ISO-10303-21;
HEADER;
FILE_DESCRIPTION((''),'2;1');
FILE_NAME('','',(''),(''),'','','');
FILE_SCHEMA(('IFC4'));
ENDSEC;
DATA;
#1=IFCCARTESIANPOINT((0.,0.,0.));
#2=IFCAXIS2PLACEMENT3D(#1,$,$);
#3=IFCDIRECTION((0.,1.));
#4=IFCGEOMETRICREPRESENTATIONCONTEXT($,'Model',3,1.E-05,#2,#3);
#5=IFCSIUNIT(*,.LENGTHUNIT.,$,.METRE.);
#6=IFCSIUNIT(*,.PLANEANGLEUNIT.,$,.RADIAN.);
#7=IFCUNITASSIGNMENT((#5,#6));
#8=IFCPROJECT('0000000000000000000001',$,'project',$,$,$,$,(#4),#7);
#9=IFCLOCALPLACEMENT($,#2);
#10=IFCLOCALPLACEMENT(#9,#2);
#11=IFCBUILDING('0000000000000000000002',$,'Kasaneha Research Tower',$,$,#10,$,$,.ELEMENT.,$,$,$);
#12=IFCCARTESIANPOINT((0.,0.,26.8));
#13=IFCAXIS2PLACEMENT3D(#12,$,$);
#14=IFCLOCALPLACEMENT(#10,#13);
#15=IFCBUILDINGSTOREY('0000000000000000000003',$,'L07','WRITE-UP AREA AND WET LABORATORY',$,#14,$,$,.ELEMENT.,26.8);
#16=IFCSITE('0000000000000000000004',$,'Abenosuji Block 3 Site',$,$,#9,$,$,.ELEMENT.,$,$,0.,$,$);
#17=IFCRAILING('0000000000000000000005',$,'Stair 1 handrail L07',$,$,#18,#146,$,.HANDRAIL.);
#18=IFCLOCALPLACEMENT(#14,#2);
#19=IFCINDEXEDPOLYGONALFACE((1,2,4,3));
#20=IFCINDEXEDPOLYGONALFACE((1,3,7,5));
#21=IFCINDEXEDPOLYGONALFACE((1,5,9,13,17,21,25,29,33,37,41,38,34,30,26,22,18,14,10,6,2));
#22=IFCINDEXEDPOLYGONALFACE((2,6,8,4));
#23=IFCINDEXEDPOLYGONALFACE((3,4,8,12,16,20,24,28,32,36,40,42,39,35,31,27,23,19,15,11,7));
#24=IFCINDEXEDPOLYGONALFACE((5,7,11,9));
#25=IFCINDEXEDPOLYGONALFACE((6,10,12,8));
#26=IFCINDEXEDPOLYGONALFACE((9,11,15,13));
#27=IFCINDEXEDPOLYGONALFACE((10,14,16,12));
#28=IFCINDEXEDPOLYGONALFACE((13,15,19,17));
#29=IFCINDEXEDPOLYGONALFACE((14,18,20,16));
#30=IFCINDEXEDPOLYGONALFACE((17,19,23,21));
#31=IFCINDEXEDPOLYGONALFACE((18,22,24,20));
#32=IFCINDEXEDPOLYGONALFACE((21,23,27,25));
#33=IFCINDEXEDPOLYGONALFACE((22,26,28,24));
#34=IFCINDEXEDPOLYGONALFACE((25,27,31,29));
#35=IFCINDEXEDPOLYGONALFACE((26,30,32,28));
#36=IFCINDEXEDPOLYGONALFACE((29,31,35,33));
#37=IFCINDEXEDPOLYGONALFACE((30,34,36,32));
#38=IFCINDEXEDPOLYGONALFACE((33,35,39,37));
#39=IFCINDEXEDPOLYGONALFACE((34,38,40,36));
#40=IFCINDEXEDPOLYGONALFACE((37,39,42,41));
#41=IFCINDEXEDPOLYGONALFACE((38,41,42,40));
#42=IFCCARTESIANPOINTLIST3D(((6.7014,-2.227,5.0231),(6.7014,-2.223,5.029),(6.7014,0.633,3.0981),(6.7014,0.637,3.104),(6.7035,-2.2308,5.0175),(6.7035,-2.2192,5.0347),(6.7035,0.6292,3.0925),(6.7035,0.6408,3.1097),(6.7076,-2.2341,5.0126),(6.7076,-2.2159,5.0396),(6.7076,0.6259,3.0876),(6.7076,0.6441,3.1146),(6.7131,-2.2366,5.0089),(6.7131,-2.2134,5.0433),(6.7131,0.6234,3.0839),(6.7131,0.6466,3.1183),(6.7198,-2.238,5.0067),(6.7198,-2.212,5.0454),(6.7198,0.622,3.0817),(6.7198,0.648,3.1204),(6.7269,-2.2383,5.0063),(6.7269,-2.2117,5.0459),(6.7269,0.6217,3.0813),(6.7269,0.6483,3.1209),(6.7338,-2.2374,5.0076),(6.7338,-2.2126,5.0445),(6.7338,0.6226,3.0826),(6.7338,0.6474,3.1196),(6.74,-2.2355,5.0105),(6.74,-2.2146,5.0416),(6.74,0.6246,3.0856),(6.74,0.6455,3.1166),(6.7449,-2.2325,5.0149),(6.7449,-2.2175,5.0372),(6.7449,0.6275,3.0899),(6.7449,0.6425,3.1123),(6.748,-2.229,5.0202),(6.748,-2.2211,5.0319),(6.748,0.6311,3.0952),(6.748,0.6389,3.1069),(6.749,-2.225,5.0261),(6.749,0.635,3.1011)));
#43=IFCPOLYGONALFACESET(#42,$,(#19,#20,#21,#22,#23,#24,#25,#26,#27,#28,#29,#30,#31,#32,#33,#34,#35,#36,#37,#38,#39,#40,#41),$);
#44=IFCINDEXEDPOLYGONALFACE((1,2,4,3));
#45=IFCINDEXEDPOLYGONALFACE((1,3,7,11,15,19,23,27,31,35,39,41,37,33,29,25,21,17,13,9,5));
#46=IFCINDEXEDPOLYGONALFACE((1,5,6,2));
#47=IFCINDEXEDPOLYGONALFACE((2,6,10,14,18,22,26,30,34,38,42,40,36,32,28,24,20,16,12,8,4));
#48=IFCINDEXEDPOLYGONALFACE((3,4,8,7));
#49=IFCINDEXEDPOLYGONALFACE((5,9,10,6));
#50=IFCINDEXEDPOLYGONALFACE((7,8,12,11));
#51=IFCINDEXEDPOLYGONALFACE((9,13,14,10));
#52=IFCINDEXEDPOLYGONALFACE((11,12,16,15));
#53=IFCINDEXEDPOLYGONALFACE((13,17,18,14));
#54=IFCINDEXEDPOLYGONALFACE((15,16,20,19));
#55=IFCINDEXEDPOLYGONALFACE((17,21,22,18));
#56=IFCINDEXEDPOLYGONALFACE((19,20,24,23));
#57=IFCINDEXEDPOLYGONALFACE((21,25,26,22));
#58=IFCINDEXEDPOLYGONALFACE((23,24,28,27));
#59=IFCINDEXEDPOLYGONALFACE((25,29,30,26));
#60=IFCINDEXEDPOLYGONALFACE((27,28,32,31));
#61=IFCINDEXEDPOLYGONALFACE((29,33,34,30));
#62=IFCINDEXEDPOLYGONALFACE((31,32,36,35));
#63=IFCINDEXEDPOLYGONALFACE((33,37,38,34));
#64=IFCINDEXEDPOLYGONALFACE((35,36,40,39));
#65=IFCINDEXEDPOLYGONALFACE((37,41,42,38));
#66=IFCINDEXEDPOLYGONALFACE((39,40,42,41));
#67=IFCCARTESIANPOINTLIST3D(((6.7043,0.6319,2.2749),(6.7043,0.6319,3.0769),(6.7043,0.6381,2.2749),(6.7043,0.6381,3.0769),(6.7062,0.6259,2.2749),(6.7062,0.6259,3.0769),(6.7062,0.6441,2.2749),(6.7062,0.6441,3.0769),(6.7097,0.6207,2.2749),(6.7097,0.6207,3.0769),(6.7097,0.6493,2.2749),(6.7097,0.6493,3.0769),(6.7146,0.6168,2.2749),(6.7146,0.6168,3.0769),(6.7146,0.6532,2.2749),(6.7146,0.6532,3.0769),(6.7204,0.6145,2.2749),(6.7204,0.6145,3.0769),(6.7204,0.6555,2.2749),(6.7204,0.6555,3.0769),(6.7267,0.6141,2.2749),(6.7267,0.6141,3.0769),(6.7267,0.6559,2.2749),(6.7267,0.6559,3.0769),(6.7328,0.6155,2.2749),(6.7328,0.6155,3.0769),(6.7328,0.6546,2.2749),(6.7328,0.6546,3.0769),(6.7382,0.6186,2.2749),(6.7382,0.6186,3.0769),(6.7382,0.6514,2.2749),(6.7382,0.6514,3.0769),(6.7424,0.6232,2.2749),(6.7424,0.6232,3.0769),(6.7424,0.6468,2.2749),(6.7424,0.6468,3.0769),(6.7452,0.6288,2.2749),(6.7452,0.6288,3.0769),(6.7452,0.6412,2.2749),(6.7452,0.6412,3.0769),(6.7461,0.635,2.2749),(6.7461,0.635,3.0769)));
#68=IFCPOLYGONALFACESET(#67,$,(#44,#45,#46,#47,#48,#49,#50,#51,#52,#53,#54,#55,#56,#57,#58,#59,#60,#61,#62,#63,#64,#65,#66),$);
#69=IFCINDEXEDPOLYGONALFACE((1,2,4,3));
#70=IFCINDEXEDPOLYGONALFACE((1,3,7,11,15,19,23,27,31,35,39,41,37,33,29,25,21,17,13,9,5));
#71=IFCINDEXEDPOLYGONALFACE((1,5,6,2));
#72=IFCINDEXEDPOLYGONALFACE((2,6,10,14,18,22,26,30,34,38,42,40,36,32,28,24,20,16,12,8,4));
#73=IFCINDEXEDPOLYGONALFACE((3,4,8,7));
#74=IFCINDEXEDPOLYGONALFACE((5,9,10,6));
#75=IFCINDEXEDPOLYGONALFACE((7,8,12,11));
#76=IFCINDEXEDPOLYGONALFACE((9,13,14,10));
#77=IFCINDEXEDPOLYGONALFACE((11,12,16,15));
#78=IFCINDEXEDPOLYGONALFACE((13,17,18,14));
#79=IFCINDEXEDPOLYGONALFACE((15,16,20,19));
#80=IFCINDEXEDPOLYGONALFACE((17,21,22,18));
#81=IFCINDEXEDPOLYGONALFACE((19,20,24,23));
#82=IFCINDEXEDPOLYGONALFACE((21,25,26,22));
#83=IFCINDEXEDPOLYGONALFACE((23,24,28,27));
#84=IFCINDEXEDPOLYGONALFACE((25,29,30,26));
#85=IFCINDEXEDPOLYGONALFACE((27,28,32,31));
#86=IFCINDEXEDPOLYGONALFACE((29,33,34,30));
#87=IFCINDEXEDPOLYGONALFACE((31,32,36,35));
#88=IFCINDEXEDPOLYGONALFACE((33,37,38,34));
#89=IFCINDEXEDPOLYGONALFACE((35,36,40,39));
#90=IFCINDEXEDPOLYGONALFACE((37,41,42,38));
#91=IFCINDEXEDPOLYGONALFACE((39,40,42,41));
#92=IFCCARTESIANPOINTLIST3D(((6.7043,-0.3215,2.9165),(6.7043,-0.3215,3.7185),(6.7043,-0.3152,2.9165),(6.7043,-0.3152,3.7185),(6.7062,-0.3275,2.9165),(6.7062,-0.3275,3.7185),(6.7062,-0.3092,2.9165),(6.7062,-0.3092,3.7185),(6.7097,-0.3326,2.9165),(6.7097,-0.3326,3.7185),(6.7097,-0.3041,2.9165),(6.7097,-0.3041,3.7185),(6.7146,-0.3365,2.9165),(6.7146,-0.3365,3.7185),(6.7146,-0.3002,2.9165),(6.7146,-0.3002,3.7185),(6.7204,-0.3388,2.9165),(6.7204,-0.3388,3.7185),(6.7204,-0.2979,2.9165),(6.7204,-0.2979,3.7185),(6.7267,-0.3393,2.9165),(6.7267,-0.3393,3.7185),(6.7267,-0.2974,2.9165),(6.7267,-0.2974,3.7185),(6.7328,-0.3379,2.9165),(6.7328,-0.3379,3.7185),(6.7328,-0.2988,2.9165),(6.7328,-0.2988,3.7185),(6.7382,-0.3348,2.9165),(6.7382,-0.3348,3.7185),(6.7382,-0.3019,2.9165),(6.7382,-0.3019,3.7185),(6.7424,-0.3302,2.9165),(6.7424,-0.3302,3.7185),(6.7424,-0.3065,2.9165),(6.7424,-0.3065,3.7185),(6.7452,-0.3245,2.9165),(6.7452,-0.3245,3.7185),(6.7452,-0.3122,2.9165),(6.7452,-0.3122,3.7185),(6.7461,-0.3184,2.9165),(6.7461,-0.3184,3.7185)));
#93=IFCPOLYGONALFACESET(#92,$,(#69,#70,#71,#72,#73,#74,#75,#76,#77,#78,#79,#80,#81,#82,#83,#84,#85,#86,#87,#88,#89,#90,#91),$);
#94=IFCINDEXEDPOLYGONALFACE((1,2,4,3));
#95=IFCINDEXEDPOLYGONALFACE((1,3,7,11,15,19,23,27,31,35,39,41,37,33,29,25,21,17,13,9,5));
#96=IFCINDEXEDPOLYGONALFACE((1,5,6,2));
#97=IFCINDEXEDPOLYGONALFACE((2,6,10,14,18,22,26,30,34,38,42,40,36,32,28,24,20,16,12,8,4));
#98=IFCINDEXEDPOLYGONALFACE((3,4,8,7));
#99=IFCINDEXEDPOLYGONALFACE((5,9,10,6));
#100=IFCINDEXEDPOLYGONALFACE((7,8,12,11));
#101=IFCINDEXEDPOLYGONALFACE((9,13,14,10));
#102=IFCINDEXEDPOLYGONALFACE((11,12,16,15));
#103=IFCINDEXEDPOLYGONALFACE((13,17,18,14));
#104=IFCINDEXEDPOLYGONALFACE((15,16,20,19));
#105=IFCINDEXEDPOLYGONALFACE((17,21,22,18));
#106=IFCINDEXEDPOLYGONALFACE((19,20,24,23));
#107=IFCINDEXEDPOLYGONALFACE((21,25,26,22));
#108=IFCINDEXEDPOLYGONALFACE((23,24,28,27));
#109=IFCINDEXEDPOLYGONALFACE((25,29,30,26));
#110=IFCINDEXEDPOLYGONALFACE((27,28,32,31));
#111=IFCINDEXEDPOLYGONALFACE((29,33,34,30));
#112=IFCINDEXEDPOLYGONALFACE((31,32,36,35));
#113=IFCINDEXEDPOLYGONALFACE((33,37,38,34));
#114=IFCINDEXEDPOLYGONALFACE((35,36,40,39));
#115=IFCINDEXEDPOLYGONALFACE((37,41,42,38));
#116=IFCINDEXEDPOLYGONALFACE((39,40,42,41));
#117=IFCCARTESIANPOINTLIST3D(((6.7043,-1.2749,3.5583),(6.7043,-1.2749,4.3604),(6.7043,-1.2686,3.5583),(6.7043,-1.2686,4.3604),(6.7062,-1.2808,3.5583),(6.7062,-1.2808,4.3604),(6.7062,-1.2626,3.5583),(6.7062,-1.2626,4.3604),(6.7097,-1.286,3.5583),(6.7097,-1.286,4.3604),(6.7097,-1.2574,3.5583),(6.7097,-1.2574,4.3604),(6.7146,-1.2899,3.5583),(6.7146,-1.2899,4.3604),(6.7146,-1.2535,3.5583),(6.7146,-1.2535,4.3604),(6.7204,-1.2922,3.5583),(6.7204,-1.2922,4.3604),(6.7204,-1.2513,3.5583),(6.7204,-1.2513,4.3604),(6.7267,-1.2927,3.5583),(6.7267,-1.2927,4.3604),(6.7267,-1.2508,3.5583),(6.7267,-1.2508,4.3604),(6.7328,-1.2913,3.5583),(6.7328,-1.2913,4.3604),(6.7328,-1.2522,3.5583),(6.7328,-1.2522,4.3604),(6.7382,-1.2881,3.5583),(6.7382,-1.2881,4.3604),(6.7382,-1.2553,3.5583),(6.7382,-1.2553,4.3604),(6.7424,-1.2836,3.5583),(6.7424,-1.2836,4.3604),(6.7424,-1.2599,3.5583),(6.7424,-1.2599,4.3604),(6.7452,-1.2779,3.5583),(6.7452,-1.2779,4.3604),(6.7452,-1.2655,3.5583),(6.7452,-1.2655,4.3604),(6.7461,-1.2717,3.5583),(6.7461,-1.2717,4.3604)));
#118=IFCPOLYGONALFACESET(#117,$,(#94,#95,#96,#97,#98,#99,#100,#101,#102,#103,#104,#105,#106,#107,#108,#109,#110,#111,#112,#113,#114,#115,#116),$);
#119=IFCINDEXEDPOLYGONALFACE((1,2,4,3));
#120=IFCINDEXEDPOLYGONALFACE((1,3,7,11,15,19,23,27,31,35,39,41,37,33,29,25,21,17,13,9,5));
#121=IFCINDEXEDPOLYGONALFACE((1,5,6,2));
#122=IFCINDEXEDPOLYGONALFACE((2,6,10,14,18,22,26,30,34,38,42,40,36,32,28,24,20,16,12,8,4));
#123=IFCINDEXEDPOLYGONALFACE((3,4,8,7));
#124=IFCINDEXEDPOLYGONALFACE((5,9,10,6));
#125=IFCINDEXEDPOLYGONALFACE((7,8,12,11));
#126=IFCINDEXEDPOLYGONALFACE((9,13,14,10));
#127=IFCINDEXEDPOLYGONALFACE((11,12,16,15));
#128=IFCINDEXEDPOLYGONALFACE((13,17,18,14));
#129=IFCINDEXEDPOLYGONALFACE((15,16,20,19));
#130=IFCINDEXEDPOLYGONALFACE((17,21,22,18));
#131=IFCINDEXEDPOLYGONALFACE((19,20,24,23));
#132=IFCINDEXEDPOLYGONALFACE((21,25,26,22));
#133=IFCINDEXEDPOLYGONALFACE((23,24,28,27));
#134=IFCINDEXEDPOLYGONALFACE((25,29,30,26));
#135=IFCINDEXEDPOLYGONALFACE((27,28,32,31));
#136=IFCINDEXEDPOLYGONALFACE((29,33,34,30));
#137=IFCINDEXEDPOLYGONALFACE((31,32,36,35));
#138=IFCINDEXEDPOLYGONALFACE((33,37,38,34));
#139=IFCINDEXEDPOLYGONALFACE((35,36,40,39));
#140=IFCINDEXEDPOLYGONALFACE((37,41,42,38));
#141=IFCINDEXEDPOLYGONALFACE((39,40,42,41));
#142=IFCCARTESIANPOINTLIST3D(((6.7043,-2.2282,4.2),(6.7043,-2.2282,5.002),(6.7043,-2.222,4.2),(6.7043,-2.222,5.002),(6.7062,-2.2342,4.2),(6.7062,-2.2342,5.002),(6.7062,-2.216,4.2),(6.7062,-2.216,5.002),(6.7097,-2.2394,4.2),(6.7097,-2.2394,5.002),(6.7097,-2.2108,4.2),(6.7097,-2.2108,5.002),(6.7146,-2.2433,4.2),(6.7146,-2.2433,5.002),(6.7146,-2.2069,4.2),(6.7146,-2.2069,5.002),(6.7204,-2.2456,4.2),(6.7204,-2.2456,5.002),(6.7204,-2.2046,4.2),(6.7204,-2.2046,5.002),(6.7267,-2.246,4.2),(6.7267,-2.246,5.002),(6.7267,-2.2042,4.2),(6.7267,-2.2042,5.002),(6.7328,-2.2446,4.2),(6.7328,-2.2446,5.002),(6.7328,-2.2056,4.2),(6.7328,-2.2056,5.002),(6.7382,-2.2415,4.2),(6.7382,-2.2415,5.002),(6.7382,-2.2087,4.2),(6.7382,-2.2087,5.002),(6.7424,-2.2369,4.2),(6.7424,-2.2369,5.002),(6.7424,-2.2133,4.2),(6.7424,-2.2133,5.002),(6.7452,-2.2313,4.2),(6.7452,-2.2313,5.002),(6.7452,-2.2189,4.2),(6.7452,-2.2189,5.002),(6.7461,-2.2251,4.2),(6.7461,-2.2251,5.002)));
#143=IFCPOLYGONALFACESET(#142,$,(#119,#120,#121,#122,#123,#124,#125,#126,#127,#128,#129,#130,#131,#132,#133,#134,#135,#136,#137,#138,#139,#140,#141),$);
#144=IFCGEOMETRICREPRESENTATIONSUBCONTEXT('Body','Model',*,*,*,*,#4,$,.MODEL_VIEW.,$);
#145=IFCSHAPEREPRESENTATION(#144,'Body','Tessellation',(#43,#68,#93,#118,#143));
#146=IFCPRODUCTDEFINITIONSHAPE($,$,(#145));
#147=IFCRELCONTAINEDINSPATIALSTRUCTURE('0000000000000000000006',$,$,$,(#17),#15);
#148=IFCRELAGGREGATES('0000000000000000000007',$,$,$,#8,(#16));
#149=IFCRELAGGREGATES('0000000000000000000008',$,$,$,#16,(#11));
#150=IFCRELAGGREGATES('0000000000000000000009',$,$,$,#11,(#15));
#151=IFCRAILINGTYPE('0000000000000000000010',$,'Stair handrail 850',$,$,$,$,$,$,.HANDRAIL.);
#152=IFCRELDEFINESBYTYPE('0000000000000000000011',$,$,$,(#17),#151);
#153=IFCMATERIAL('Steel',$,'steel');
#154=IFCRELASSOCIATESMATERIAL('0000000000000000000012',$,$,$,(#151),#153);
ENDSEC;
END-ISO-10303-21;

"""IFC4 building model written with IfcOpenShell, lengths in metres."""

from ifc_helpers import new_model, si_unit, direction, frame, origin, origin_2d, place, context, subcontext, project, spatial, circle, extrude, material, type_object, element, save


model = new_model("IFC4")

# Units and contexts
model_context = context("Model", 3, precision=1e-05, world=origin(), true_north=direction((0.0, 1.0)))
body_context = subcontext(model_context, "Body", "Model", "MODEL_VIEW")
ifc_project = project(units=[si_unit("LENGTHUNIT", "METRE"), si_unit("PLANEANGLEUNIT", "RADIAN")], contexts=[model_context])

# Site, building, storey
site_placement = place(None, origin())
site = spatial("IfcSite", under=ifc_project, at=site_placement, Name="Abenosuji Block 3 Site", CompositionType="ELEMENT", RefElevation=0.0)
building_placement = place(site_placement, origin())
building = spatial("IfcBuilding", under=site, at=building_placement, Name="Kasaneha Research Tower", CompositionType="ELEMENT")
storey_placement = place(building_placement, frame((0.0, 0.0, 26.8)))
storey = spatial("IfcBuildingStorey", under=building, at=storey_placement, Name="L07", Description="WRITE-UP AREA AND WET LABORATORY", CompositionType="ELEMENT", Elevation=26.8)

# Railing
ifc_material_1 = material(Name="Steel", Category="steel")
railing_type_1 = type_object("IfcRailingType", Name="Stair handrail 850", PredefinedType="HANDRAIL", material=ifc_material_1)
railing_1_placement = place(storey_placement, frame((6.7251, 0.635, 2.2749)))
element("IfcRailing", 1, at=railing_1_placement, inside=storey, type_object=railing_type_1, Name="Stair 1 handrail L07", PredefinedType="HANDRAIL", context=body_context, shape_type="SweptSolid", body=[
    extrude(circle(Radius=0.0239, at=origin_2d()), frame((0.0, 0.0, 0.8262), z_axis=(0.0, -0.829591, 0.558372), x_axis=(1.0, 0.0, 0.0)), (0.0, 0.0, 1.0), 3.4475),
    extrude(circle(Radius=0.021, at=origin_2d()), origin(), (0.0, 0.0, 1.0), 0.802),
    extrude(circle(Radius=0.021, at=origin_2d()), frame((0.0, -0.9534, 0.6416)), (0.0, 0.0, 1.0), 0.802),
    extrude(circle(Radius=0.021, at=origin_2d()), frame((0.0, -1.9067, 1.2834)), (0.0, 0.0, 1.0), 0.802),
    extrude(circle(Radius=0.021, at=origin_2d()), frame((0.0, -2.8601, 1.925)), (0.0, 0.0, 1.0), 0.802),
])

save(model, "model.ifc")
